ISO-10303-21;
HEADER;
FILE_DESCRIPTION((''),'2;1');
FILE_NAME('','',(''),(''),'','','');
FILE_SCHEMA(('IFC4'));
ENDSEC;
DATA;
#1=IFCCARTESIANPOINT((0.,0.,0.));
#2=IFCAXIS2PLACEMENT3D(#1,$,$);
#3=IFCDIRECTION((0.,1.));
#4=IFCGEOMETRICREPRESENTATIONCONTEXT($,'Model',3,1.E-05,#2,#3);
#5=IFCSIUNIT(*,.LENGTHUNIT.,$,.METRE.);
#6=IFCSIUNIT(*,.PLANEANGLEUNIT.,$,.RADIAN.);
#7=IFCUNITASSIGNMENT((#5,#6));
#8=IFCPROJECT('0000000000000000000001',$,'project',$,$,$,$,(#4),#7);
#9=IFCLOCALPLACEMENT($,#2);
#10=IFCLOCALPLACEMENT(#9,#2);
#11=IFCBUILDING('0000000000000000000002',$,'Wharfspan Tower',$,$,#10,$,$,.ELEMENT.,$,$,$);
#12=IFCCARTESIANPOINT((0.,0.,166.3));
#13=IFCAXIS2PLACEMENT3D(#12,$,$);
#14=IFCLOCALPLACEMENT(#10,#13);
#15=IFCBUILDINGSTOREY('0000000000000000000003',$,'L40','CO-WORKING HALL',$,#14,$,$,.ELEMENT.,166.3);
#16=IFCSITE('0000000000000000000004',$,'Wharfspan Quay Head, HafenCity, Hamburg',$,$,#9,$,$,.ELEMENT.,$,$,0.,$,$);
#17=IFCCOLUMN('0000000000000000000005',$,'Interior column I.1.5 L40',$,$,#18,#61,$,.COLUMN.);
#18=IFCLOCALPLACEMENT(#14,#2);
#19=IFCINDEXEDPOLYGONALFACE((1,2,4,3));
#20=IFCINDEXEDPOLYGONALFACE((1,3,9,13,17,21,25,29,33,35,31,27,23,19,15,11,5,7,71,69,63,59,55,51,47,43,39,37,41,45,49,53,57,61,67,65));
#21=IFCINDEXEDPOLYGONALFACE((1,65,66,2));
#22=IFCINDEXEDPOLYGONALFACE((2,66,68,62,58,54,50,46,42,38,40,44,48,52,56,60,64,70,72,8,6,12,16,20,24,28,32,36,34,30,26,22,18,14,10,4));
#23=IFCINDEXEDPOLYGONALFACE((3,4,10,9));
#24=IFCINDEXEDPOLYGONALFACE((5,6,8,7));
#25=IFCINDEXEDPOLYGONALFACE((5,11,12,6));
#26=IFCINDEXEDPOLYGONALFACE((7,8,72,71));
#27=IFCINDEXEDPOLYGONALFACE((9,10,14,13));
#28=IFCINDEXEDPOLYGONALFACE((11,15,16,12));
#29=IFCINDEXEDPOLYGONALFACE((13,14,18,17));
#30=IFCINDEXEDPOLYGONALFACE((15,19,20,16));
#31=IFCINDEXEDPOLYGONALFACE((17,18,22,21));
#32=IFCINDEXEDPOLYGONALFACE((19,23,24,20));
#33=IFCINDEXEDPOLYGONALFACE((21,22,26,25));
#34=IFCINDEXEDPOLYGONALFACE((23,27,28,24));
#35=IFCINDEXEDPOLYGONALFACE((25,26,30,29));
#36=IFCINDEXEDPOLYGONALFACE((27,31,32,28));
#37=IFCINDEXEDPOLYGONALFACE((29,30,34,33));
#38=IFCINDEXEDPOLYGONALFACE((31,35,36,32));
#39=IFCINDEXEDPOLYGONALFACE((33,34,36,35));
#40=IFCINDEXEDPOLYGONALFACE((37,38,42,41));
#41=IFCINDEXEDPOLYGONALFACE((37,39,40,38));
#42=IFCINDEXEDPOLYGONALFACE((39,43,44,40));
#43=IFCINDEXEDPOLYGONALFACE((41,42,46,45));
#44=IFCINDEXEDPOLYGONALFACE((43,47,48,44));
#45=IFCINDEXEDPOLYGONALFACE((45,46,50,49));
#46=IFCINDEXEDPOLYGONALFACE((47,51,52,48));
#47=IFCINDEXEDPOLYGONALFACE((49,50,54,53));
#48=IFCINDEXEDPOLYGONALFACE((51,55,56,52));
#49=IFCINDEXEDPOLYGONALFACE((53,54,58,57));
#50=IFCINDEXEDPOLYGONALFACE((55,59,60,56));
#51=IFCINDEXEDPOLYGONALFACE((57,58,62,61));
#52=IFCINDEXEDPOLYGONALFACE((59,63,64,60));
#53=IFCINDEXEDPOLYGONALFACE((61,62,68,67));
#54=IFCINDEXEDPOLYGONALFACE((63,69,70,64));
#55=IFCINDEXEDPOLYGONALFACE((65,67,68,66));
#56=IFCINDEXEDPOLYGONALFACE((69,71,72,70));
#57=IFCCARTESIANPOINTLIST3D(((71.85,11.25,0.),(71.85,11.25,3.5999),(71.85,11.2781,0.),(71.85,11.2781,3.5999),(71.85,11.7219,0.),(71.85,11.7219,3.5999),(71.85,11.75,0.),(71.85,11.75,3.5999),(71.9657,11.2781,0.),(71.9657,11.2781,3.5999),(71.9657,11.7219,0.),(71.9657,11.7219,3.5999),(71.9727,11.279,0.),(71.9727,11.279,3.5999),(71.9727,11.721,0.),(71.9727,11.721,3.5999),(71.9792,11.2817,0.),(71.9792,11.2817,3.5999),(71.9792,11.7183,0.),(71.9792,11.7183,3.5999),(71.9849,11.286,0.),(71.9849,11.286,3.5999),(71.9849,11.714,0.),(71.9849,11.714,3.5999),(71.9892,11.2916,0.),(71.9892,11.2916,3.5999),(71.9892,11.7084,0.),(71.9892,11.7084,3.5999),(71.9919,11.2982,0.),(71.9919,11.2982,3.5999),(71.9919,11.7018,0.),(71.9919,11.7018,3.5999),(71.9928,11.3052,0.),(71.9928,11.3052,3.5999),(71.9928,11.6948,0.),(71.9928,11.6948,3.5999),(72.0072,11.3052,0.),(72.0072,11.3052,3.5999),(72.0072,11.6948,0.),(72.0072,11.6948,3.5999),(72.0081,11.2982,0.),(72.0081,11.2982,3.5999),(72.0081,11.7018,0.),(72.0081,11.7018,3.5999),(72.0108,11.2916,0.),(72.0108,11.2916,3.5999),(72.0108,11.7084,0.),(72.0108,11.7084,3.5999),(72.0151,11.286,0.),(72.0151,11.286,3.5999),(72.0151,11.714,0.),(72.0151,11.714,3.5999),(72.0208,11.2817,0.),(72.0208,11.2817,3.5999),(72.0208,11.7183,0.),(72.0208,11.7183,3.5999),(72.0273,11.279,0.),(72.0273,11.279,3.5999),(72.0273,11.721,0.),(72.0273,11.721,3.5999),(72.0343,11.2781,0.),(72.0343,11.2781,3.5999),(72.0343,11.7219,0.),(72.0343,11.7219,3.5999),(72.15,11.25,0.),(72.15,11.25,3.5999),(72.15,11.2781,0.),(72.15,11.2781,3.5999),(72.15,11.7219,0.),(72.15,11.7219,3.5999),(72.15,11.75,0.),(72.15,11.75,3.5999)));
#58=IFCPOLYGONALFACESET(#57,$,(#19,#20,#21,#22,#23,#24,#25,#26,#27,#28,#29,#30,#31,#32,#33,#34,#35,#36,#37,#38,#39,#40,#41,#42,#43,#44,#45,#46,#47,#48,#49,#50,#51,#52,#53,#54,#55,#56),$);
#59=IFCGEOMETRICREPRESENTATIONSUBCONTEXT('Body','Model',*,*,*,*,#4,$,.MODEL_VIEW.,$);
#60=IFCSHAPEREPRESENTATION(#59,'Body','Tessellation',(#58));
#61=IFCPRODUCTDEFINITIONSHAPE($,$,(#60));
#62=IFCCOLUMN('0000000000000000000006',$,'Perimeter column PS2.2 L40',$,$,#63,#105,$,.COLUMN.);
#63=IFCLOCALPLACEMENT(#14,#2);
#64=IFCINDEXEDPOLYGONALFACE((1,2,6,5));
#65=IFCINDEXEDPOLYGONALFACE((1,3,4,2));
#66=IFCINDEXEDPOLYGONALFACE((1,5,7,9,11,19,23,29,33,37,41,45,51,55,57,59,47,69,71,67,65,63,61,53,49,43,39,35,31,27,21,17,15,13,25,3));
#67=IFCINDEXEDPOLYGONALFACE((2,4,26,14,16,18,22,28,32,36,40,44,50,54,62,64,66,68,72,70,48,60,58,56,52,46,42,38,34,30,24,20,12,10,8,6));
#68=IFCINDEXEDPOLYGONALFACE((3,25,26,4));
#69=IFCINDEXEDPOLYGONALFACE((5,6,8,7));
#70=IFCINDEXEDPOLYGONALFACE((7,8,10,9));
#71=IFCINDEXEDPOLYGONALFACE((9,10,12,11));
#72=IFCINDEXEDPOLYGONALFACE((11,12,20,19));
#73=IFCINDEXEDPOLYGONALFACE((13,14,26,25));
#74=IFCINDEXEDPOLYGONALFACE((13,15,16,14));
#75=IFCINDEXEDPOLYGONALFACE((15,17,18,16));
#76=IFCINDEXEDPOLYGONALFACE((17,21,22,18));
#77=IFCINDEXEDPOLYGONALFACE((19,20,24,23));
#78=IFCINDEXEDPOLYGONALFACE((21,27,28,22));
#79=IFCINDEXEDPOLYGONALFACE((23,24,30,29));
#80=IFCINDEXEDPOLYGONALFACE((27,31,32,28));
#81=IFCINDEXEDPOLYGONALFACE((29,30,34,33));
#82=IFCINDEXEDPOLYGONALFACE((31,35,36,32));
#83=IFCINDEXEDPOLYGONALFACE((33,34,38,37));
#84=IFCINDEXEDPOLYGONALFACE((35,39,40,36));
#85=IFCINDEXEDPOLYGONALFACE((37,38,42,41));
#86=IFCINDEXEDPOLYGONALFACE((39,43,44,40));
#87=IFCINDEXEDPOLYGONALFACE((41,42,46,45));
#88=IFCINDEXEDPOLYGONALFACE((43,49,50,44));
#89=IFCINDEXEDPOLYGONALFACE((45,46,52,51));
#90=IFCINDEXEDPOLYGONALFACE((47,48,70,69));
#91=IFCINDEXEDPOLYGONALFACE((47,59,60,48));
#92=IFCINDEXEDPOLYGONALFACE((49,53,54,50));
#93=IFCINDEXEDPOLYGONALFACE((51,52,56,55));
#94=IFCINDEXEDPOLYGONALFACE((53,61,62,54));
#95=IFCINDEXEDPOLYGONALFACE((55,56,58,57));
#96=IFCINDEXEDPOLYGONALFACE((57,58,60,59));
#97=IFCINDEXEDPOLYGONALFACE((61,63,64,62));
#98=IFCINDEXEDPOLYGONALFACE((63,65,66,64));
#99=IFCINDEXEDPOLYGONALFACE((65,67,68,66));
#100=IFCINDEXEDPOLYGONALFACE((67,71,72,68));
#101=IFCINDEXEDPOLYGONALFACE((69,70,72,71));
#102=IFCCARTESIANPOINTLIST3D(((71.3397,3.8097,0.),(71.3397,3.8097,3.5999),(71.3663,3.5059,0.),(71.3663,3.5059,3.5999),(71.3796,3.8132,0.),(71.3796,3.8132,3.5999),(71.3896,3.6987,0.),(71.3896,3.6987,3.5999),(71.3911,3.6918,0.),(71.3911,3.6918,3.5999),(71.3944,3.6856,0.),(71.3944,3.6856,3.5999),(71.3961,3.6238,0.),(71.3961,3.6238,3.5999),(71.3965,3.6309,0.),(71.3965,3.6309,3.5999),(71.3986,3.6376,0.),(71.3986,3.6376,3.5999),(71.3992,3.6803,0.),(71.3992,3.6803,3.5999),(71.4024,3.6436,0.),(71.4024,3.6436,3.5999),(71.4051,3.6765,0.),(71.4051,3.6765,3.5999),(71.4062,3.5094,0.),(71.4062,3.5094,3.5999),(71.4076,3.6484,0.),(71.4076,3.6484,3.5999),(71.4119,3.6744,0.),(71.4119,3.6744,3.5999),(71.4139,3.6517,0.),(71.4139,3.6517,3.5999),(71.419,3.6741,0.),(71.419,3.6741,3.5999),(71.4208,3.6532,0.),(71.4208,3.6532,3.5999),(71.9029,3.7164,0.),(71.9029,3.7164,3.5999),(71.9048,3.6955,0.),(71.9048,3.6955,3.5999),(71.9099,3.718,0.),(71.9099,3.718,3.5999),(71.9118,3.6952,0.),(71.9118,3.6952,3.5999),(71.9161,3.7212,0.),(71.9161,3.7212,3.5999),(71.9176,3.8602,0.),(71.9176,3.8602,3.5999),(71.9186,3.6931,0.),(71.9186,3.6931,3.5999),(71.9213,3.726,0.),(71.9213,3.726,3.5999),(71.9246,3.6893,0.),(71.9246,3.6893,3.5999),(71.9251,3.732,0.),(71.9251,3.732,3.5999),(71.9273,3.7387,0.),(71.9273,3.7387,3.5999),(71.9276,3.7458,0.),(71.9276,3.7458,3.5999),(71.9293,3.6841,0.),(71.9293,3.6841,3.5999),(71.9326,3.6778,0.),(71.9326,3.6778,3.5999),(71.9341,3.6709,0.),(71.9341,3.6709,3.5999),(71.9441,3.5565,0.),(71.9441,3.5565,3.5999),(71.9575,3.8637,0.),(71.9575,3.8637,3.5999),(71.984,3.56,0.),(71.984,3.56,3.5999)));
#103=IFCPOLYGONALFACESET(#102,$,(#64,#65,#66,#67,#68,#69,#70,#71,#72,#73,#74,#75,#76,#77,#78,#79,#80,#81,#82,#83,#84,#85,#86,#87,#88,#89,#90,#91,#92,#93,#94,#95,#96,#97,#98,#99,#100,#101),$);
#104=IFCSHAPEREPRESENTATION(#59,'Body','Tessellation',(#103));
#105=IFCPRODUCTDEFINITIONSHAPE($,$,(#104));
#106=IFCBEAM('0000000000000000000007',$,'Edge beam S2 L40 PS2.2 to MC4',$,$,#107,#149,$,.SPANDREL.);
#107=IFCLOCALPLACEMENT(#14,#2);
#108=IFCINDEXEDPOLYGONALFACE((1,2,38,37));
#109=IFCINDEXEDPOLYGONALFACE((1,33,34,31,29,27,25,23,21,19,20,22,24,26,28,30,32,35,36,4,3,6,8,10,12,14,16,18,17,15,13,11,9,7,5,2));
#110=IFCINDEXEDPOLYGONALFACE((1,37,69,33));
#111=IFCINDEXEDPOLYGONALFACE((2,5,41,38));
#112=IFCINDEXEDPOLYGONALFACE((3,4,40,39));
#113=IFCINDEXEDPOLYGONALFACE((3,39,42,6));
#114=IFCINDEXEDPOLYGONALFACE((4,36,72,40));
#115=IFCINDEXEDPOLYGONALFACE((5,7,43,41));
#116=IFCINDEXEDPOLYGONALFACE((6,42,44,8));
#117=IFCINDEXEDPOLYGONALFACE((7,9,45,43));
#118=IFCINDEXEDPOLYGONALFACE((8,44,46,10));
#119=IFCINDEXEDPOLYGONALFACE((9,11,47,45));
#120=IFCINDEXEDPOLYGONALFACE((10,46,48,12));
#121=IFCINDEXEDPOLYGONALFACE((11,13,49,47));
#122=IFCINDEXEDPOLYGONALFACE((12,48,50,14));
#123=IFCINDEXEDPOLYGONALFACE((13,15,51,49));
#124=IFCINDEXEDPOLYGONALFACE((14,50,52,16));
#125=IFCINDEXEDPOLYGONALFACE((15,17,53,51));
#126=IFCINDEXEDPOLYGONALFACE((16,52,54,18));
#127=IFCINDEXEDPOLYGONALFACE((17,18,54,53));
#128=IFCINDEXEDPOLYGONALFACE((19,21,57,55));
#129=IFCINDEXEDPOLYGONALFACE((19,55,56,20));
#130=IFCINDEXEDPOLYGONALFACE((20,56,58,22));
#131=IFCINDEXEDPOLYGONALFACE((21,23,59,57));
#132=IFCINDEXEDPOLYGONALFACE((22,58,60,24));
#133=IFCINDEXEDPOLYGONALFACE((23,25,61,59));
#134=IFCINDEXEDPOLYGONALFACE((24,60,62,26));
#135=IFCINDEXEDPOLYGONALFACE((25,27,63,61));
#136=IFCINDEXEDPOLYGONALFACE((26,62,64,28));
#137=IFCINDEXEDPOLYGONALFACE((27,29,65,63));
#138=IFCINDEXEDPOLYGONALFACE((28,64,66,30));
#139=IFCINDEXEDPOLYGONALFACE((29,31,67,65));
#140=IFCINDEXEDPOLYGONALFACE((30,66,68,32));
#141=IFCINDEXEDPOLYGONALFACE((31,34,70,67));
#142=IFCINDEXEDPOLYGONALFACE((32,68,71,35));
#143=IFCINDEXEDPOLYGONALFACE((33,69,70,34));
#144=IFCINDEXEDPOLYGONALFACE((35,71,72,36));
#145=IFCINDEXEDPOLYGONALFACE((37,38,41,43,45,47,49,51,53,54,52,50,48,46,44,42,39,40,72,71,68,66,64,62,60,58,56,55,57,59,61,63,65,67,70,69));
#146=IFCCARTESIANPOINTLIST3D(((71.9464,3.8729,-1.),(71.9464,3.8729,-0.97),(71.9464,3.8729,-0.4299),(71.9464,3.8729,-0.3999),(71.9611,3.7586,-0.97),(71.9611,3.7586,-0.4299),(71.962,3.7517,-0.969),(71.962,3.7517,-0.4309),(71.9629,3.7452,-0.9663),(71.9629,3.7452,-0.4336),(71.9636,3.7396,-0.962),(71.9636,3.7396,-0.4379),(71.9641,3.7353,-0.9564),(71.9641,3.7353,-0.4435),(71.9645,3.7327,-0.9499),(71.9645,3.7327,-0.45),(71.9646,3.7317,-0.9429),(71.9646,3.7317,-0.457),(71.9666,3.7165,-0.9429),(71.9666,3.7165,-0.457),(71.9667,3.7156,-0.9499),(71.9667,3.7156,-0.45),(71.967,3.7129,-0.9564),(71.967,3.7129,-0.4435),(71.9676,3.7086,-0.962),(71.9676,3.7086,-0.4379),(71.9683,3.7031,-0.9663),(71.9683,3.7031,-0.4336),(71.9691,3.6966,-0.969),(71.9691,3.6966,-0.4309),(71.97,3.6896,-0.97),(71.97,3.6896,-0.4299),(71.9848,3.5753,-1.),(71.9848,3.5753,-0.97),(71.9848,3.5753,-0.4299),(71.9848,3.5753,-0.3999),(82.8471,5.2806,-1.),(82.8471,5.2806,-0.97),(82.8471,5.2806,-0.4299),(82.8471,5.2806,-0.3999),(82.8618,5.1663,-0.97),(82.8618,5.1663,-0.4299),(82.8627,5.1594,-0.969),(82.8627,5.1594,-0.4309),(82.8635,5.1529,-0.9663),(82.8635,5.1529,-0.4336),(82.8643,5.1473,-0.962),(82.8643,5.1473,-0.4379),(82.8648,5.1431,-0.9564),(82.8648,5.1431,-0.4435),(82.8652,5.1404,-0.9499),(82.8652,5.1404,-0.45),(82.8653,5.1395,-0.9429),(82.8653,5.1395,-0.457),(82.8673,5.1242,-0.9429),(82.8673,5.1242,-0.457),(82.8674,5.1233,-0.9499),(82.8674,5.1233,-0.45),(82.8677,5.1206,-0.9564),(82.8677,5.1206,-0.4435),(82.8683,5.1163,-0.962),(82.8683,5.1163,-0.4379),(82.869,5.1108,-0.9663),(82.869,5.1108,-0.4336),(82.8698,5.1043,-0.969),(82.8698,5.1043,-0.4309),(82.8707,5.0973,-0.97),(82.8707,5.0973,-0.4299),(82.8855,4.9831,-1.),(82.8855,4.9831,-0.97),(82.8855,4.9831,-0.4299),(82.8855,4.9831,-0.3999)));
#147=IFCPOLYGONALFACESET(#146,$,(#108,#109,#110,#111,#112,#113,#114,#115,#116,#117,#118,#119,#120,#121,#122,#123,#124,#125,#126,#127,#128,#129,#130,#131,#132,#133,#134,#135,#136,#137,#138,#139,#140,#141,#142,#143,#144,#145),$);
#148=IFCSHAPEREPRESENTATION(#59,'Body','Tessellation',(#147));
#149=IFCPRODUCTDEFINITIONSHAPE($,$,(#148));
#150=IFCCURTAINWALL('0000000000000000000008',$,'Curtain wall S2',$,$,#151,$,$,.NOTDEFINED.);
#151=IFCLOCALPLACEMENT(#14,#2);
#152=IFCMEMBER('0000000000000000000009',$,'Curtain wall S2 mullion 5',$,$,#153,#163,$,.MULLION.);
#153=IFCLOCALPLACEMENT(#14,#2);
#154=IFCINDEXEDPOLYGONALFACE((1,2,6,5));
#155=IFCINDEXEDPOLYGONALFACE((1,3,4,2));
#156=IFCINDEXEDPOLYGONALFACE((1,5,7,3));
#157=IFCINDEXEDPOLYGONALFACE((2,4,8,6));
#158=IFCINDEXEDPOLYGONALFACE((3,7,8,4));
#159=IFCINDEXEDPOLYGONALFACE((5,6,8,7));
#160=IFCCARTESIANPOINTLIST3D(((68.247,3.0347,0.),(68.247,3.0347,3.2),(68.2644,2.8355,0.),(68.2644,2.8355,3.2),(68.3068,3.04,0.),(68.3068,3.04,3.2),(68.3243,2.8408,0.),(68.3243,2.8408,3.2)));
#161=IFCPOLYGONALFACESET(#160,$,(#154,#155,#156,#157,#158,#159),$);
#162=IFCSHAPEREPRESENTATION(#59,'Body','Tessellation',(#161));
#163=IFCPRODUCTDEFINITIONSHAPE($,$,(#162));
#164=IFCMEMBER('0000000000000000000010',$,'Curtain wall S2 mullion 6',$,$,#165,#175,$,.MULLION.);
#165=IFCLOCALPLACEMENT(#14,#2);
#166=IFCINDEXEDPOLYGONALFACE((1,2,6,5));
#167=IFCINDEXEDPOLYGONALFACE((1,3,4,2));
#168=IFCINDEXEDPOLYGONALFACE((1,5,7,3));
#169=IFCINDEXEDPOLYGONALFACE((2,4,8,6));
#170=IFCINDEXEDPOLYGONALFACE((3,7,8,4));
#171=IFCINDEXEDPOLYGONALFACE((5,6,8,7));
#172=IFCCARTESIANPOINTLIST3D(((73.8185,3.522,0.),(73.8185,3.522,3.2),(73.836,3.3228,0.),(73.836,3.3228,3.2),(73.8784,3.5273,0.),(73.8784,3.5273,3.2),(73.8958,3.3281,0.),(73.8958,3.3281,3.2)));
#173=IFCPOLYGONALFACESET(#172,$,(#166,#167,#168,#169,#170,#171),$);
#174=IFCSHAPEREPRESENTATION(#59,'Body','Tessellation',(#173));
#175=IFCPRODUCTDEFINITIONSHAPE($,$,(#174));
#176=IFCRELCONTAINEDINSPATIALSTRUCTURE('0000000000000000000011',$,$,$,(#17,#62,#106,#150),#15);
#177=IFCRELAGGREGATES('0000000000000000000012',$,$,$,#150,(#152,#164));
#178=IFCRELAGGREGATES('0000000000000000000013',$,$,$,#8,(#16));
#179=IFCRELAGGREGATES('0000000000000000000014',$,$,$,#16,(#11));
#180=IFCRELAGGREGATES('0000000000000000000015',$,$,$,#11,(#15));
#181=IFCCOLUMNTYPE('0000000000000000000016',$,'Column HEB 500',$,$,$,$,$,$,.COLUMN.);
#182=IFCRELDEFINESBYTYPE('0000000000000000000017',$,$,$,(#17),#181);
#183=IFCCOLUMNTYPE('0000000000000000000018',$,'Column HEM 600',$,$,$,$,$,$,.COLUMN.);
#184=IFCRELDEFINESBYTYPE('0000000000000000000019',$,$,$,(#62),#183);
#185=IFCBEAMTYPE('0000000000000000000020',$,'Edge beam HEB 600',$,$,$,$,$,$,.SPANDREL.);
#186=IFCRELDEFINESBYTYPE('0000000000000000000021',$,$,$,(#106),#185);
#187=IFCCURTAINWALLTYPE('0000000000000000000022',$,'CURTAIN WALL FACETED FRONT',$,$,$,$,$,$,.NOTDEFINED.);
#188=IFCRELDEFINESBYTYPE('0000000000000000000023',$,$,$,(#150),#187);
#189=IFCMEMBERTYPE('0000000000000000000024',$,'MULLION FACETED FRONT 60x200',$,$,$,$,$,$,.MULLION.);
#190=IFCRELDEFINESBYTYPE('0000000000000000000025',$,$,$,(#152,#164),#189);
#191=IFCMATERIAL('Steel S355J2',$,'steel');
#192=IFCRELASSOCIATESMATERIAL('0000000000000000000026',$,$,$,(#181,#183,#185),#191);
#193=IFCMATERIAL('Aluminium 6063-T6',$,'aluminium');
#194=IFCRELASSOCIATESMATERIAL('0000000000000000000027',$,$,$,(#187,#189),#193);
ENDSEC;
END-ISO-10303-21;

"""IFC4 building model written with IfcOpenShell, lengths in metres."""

from ifc_helpers import new_model, si_unit, direction, frame, origin, origin_2d, place, context, subcontext, project, spatial, rectangle, i_section, extrude, material, material_profile, profile_set, type_object, element, aggregate, save


model = new_model("IFC4")

# Units and contexts
model_context = context("Model", 3, precision=1e-05, world=origin(), true_north=direction((0.0, 1.0)))
body_context = subcontext(model_context, "Body", "Model", "MODEL_VIEW")
ifc_project = project(units=[si_unit("LENGTHUNIT", "METRE"), si_unit("PLANEANGLEUNIT", "RADIAN")], contexts=[model_context])

# Site, building, storey
site_placement = place(None, origin())
site = spatial("IfcSite", under=ifc_project, at=site_placement, Name="Wharfspan Quay Head, HafenCity, Hamburg", CompositionType="ELEMENT", RefElevation=0.0)
building_placement = place(site_placement, origin())
building = spatial("IfcBuilding", under=site, at=building_placement, Name="Wharfspan Tower", CompositionType="ELEMENT")
storey_placement = place(building_placement, frame((0.0, 0.0, 166.3)))
storey = spatial("IfcBuildingStorey", under=building, at=storey_placement, Name="L40", Description="CO-WORKING HALL", CompositionType="ELEMENT", Elevation=166.3)

# Columns
ifc_material_1 = material(Name="Steel S355J2", Category="steel")
ifc_material_profile_1 = material_profile(ifc_material_1, i_section(OverallWidth=0.3, OverallDepth=0.5, WebThickness=0.0144, FlangeThickness=0.0281, FilletRadius=0.0271, at=origin_2d()))
ifc_profile_set_1 = profile_set([ifc_material_profile_1], Name="Steel S355J2")
column_type_1 = type_object("IfcColumnType", Name="Column HEB 500", PredefinedType="COLUMN", material=ifc_profile_set_1)
column_1_placement = place(storey_placement, frame((72.0, 11.5, 0.0), z_axis=(0.0, 0.0, 1.0), x_axis=(1.0, 0.0, 0.0)))
element("IfcColumn", 1, at=column_1_placement, inside=storey, type_object=column_type_1, Name="Interior column I.1.5 L40", PredefinedType="COLUMN", context=body_context, shape_type="SweptSolid", body=[
    extrude(i_section(OverallWidth=0.3, OverallDepth=0.5, WebThickness=0.0144, FlangeThickness=0.0281, FilletRadius=0.0271, at=origin_2d()), origin(), (0.0, 0.0, 1.0), 3.5999),
])
ifc_material_profile_2 = material_profile(ifc_material_1, i_section(OverallWidth=0.3049, OverallDepth=0.6201, WebThickness=0.021, FlangeThickness=0.04, FilletRadius=0.0271, at=origin_2d()))
ifc_profile_set_2 = profile_set([ifc_material_profile_2], Name="Steel S355J2")
column_type_2 = type_object("IfcColumnType", Name="Column HEM 600", PredefinedType="COLUMN", material=ifc_profile_set_2)
column_2_placement = place(storey_placement, frame((71.6619, 3.6848, 0.0), z_axis=(0.0, 0.0, 1.0), x_axis=(0.087156, -0.996198, 0.0)))
element("IfcColumn", 2, at=column_2_placement, inside=storey, type_object=column_type_2, Name="Perimeter column PS2.2 L40", PredefinedType="COLUMN", context=body_context, shape_type="SweptSolid", body=[
    extrude(i_section(OverallWidth=0.3049, OverallDepth=0.6201, WebThickness=0.021, FlangeThickness=0.04, FilletRadius=0.0271, at=origin_2d()), origin(), (0.0, 0.0, 1.0), 3.5999),
])

# Beam
ifc_material_profile_3 = material_profile(ifc_material_1, i_section(OverallWidth=0.3, OverallDepth=0.6001, WebThickness=0.0154, FlangeThickness=0.03, FilletRadius=0.0271, at=origin_2d()))
ifc_profile_set_3 = profile_set([ifc_material_profile_3], Name="Steel S355J2")
beam_type = type_object("IfcBeamType", Name="Edge beam HEB 600", PredefinedType="SPANDREL", material=ifc_profile_set_3)
beam_placement = place(storey_placement, frame((71.9656, 3.7241, -0.7), z_axis=(0.991764, 0.128077, 0.0), x_axis=(-0.128077, 0.991764, 0.0)))
element("IfcBeam", 3, at=beam_placement, inside=storey, type_object=beam_type, Name="Edge beam S2 L40 PS2.2 to MC4", PredefinedType="SPANDREL", context=body_context, shape_type="SweptSolid", body=[
    extrude(i_section(OverallWidth=0.3, OverallDepth=0.6001, WebThickness=0.0154, FlangeThickness=0.03, FilletRadius=0.0271, at=origin_2d()), origin(), (0.0, 0.0, 1.0), 10.9912),
])

# Curtain wall, members
ifc_material_2 = material(Name="Aluminium 6063-T6", Category="aluminium")
curtain_wall_type = type_object("IfcCurtainWallType", Name="CURTAIN WALL FACETED FRONT", PredefinedType="NOTDEFINED", material=ifc_material_2)
curtain_wall_placement = place(storey_placement, origin())
curtain_wall = element("IfcCurtainWall", 4, at=curtain_wall_placement, inside=storey, type_object=curtain_wall_type, Name="Curtain wall S2", PredefinedType="NOTDEFINED")
ifc_material_profile_4 = material_profile(ifc_material_2, rectangle(XDim=0.2, YDim=0.0601, at=origin_2d()))
ifc_profile_set_4 = profile_set([ifc_material_profile_4], Name="Aluminium 6063-T6")
member_type_1 = type_object("IfcMemberType", Name="MULLION FACETED FRONT 60x200", PredefinedType="MULLION", material=ifc_profile_set_4)
member_1_placement = place(storey_placement, frame((68.2856, 2.9377, 0.0), z_axis=(0.0, 0.0, 1.0), x_axis=(-0.087156, 0.996198, 0.0)))
member_1 = element("IfcMember", 5, at=member_1_placement, type_object=member_type_1, Name="Curtain wall S2 mullion 5", PredefinedType="MULLION", context=body_context, shape_type="SweptSolid", body=[
    extrude(rectangle(XDim=0.2, YDim=0.0601, at=origin_2d()), origin(), (0.0, 0.0, 1.0), 3.2),
])
member_2_placement = place(storey_placement, frame((73.8572, 3.425, 0.0), z_axis=(0.0, 0.0, 1.0), x_axis=(-0.087156, 0.996198, 0.0)))
member_2 = element("IfcMember", 6, at=member_2_placement, type_object=member_type_1, Name="Curtain wall S2 mullion 6", PredefinedType="MULLION", context=body_context, shape_type="SweptSolid", body=[
    extrude(rectangle(XDim=0.2, YDim=0.0601, at=origin_2d()), origin(), (0.0, 0.0, 1.0), 3.2),
])

aggregate(curtain_wall, [member_1, member_2])

save(model, "model.ifc")
